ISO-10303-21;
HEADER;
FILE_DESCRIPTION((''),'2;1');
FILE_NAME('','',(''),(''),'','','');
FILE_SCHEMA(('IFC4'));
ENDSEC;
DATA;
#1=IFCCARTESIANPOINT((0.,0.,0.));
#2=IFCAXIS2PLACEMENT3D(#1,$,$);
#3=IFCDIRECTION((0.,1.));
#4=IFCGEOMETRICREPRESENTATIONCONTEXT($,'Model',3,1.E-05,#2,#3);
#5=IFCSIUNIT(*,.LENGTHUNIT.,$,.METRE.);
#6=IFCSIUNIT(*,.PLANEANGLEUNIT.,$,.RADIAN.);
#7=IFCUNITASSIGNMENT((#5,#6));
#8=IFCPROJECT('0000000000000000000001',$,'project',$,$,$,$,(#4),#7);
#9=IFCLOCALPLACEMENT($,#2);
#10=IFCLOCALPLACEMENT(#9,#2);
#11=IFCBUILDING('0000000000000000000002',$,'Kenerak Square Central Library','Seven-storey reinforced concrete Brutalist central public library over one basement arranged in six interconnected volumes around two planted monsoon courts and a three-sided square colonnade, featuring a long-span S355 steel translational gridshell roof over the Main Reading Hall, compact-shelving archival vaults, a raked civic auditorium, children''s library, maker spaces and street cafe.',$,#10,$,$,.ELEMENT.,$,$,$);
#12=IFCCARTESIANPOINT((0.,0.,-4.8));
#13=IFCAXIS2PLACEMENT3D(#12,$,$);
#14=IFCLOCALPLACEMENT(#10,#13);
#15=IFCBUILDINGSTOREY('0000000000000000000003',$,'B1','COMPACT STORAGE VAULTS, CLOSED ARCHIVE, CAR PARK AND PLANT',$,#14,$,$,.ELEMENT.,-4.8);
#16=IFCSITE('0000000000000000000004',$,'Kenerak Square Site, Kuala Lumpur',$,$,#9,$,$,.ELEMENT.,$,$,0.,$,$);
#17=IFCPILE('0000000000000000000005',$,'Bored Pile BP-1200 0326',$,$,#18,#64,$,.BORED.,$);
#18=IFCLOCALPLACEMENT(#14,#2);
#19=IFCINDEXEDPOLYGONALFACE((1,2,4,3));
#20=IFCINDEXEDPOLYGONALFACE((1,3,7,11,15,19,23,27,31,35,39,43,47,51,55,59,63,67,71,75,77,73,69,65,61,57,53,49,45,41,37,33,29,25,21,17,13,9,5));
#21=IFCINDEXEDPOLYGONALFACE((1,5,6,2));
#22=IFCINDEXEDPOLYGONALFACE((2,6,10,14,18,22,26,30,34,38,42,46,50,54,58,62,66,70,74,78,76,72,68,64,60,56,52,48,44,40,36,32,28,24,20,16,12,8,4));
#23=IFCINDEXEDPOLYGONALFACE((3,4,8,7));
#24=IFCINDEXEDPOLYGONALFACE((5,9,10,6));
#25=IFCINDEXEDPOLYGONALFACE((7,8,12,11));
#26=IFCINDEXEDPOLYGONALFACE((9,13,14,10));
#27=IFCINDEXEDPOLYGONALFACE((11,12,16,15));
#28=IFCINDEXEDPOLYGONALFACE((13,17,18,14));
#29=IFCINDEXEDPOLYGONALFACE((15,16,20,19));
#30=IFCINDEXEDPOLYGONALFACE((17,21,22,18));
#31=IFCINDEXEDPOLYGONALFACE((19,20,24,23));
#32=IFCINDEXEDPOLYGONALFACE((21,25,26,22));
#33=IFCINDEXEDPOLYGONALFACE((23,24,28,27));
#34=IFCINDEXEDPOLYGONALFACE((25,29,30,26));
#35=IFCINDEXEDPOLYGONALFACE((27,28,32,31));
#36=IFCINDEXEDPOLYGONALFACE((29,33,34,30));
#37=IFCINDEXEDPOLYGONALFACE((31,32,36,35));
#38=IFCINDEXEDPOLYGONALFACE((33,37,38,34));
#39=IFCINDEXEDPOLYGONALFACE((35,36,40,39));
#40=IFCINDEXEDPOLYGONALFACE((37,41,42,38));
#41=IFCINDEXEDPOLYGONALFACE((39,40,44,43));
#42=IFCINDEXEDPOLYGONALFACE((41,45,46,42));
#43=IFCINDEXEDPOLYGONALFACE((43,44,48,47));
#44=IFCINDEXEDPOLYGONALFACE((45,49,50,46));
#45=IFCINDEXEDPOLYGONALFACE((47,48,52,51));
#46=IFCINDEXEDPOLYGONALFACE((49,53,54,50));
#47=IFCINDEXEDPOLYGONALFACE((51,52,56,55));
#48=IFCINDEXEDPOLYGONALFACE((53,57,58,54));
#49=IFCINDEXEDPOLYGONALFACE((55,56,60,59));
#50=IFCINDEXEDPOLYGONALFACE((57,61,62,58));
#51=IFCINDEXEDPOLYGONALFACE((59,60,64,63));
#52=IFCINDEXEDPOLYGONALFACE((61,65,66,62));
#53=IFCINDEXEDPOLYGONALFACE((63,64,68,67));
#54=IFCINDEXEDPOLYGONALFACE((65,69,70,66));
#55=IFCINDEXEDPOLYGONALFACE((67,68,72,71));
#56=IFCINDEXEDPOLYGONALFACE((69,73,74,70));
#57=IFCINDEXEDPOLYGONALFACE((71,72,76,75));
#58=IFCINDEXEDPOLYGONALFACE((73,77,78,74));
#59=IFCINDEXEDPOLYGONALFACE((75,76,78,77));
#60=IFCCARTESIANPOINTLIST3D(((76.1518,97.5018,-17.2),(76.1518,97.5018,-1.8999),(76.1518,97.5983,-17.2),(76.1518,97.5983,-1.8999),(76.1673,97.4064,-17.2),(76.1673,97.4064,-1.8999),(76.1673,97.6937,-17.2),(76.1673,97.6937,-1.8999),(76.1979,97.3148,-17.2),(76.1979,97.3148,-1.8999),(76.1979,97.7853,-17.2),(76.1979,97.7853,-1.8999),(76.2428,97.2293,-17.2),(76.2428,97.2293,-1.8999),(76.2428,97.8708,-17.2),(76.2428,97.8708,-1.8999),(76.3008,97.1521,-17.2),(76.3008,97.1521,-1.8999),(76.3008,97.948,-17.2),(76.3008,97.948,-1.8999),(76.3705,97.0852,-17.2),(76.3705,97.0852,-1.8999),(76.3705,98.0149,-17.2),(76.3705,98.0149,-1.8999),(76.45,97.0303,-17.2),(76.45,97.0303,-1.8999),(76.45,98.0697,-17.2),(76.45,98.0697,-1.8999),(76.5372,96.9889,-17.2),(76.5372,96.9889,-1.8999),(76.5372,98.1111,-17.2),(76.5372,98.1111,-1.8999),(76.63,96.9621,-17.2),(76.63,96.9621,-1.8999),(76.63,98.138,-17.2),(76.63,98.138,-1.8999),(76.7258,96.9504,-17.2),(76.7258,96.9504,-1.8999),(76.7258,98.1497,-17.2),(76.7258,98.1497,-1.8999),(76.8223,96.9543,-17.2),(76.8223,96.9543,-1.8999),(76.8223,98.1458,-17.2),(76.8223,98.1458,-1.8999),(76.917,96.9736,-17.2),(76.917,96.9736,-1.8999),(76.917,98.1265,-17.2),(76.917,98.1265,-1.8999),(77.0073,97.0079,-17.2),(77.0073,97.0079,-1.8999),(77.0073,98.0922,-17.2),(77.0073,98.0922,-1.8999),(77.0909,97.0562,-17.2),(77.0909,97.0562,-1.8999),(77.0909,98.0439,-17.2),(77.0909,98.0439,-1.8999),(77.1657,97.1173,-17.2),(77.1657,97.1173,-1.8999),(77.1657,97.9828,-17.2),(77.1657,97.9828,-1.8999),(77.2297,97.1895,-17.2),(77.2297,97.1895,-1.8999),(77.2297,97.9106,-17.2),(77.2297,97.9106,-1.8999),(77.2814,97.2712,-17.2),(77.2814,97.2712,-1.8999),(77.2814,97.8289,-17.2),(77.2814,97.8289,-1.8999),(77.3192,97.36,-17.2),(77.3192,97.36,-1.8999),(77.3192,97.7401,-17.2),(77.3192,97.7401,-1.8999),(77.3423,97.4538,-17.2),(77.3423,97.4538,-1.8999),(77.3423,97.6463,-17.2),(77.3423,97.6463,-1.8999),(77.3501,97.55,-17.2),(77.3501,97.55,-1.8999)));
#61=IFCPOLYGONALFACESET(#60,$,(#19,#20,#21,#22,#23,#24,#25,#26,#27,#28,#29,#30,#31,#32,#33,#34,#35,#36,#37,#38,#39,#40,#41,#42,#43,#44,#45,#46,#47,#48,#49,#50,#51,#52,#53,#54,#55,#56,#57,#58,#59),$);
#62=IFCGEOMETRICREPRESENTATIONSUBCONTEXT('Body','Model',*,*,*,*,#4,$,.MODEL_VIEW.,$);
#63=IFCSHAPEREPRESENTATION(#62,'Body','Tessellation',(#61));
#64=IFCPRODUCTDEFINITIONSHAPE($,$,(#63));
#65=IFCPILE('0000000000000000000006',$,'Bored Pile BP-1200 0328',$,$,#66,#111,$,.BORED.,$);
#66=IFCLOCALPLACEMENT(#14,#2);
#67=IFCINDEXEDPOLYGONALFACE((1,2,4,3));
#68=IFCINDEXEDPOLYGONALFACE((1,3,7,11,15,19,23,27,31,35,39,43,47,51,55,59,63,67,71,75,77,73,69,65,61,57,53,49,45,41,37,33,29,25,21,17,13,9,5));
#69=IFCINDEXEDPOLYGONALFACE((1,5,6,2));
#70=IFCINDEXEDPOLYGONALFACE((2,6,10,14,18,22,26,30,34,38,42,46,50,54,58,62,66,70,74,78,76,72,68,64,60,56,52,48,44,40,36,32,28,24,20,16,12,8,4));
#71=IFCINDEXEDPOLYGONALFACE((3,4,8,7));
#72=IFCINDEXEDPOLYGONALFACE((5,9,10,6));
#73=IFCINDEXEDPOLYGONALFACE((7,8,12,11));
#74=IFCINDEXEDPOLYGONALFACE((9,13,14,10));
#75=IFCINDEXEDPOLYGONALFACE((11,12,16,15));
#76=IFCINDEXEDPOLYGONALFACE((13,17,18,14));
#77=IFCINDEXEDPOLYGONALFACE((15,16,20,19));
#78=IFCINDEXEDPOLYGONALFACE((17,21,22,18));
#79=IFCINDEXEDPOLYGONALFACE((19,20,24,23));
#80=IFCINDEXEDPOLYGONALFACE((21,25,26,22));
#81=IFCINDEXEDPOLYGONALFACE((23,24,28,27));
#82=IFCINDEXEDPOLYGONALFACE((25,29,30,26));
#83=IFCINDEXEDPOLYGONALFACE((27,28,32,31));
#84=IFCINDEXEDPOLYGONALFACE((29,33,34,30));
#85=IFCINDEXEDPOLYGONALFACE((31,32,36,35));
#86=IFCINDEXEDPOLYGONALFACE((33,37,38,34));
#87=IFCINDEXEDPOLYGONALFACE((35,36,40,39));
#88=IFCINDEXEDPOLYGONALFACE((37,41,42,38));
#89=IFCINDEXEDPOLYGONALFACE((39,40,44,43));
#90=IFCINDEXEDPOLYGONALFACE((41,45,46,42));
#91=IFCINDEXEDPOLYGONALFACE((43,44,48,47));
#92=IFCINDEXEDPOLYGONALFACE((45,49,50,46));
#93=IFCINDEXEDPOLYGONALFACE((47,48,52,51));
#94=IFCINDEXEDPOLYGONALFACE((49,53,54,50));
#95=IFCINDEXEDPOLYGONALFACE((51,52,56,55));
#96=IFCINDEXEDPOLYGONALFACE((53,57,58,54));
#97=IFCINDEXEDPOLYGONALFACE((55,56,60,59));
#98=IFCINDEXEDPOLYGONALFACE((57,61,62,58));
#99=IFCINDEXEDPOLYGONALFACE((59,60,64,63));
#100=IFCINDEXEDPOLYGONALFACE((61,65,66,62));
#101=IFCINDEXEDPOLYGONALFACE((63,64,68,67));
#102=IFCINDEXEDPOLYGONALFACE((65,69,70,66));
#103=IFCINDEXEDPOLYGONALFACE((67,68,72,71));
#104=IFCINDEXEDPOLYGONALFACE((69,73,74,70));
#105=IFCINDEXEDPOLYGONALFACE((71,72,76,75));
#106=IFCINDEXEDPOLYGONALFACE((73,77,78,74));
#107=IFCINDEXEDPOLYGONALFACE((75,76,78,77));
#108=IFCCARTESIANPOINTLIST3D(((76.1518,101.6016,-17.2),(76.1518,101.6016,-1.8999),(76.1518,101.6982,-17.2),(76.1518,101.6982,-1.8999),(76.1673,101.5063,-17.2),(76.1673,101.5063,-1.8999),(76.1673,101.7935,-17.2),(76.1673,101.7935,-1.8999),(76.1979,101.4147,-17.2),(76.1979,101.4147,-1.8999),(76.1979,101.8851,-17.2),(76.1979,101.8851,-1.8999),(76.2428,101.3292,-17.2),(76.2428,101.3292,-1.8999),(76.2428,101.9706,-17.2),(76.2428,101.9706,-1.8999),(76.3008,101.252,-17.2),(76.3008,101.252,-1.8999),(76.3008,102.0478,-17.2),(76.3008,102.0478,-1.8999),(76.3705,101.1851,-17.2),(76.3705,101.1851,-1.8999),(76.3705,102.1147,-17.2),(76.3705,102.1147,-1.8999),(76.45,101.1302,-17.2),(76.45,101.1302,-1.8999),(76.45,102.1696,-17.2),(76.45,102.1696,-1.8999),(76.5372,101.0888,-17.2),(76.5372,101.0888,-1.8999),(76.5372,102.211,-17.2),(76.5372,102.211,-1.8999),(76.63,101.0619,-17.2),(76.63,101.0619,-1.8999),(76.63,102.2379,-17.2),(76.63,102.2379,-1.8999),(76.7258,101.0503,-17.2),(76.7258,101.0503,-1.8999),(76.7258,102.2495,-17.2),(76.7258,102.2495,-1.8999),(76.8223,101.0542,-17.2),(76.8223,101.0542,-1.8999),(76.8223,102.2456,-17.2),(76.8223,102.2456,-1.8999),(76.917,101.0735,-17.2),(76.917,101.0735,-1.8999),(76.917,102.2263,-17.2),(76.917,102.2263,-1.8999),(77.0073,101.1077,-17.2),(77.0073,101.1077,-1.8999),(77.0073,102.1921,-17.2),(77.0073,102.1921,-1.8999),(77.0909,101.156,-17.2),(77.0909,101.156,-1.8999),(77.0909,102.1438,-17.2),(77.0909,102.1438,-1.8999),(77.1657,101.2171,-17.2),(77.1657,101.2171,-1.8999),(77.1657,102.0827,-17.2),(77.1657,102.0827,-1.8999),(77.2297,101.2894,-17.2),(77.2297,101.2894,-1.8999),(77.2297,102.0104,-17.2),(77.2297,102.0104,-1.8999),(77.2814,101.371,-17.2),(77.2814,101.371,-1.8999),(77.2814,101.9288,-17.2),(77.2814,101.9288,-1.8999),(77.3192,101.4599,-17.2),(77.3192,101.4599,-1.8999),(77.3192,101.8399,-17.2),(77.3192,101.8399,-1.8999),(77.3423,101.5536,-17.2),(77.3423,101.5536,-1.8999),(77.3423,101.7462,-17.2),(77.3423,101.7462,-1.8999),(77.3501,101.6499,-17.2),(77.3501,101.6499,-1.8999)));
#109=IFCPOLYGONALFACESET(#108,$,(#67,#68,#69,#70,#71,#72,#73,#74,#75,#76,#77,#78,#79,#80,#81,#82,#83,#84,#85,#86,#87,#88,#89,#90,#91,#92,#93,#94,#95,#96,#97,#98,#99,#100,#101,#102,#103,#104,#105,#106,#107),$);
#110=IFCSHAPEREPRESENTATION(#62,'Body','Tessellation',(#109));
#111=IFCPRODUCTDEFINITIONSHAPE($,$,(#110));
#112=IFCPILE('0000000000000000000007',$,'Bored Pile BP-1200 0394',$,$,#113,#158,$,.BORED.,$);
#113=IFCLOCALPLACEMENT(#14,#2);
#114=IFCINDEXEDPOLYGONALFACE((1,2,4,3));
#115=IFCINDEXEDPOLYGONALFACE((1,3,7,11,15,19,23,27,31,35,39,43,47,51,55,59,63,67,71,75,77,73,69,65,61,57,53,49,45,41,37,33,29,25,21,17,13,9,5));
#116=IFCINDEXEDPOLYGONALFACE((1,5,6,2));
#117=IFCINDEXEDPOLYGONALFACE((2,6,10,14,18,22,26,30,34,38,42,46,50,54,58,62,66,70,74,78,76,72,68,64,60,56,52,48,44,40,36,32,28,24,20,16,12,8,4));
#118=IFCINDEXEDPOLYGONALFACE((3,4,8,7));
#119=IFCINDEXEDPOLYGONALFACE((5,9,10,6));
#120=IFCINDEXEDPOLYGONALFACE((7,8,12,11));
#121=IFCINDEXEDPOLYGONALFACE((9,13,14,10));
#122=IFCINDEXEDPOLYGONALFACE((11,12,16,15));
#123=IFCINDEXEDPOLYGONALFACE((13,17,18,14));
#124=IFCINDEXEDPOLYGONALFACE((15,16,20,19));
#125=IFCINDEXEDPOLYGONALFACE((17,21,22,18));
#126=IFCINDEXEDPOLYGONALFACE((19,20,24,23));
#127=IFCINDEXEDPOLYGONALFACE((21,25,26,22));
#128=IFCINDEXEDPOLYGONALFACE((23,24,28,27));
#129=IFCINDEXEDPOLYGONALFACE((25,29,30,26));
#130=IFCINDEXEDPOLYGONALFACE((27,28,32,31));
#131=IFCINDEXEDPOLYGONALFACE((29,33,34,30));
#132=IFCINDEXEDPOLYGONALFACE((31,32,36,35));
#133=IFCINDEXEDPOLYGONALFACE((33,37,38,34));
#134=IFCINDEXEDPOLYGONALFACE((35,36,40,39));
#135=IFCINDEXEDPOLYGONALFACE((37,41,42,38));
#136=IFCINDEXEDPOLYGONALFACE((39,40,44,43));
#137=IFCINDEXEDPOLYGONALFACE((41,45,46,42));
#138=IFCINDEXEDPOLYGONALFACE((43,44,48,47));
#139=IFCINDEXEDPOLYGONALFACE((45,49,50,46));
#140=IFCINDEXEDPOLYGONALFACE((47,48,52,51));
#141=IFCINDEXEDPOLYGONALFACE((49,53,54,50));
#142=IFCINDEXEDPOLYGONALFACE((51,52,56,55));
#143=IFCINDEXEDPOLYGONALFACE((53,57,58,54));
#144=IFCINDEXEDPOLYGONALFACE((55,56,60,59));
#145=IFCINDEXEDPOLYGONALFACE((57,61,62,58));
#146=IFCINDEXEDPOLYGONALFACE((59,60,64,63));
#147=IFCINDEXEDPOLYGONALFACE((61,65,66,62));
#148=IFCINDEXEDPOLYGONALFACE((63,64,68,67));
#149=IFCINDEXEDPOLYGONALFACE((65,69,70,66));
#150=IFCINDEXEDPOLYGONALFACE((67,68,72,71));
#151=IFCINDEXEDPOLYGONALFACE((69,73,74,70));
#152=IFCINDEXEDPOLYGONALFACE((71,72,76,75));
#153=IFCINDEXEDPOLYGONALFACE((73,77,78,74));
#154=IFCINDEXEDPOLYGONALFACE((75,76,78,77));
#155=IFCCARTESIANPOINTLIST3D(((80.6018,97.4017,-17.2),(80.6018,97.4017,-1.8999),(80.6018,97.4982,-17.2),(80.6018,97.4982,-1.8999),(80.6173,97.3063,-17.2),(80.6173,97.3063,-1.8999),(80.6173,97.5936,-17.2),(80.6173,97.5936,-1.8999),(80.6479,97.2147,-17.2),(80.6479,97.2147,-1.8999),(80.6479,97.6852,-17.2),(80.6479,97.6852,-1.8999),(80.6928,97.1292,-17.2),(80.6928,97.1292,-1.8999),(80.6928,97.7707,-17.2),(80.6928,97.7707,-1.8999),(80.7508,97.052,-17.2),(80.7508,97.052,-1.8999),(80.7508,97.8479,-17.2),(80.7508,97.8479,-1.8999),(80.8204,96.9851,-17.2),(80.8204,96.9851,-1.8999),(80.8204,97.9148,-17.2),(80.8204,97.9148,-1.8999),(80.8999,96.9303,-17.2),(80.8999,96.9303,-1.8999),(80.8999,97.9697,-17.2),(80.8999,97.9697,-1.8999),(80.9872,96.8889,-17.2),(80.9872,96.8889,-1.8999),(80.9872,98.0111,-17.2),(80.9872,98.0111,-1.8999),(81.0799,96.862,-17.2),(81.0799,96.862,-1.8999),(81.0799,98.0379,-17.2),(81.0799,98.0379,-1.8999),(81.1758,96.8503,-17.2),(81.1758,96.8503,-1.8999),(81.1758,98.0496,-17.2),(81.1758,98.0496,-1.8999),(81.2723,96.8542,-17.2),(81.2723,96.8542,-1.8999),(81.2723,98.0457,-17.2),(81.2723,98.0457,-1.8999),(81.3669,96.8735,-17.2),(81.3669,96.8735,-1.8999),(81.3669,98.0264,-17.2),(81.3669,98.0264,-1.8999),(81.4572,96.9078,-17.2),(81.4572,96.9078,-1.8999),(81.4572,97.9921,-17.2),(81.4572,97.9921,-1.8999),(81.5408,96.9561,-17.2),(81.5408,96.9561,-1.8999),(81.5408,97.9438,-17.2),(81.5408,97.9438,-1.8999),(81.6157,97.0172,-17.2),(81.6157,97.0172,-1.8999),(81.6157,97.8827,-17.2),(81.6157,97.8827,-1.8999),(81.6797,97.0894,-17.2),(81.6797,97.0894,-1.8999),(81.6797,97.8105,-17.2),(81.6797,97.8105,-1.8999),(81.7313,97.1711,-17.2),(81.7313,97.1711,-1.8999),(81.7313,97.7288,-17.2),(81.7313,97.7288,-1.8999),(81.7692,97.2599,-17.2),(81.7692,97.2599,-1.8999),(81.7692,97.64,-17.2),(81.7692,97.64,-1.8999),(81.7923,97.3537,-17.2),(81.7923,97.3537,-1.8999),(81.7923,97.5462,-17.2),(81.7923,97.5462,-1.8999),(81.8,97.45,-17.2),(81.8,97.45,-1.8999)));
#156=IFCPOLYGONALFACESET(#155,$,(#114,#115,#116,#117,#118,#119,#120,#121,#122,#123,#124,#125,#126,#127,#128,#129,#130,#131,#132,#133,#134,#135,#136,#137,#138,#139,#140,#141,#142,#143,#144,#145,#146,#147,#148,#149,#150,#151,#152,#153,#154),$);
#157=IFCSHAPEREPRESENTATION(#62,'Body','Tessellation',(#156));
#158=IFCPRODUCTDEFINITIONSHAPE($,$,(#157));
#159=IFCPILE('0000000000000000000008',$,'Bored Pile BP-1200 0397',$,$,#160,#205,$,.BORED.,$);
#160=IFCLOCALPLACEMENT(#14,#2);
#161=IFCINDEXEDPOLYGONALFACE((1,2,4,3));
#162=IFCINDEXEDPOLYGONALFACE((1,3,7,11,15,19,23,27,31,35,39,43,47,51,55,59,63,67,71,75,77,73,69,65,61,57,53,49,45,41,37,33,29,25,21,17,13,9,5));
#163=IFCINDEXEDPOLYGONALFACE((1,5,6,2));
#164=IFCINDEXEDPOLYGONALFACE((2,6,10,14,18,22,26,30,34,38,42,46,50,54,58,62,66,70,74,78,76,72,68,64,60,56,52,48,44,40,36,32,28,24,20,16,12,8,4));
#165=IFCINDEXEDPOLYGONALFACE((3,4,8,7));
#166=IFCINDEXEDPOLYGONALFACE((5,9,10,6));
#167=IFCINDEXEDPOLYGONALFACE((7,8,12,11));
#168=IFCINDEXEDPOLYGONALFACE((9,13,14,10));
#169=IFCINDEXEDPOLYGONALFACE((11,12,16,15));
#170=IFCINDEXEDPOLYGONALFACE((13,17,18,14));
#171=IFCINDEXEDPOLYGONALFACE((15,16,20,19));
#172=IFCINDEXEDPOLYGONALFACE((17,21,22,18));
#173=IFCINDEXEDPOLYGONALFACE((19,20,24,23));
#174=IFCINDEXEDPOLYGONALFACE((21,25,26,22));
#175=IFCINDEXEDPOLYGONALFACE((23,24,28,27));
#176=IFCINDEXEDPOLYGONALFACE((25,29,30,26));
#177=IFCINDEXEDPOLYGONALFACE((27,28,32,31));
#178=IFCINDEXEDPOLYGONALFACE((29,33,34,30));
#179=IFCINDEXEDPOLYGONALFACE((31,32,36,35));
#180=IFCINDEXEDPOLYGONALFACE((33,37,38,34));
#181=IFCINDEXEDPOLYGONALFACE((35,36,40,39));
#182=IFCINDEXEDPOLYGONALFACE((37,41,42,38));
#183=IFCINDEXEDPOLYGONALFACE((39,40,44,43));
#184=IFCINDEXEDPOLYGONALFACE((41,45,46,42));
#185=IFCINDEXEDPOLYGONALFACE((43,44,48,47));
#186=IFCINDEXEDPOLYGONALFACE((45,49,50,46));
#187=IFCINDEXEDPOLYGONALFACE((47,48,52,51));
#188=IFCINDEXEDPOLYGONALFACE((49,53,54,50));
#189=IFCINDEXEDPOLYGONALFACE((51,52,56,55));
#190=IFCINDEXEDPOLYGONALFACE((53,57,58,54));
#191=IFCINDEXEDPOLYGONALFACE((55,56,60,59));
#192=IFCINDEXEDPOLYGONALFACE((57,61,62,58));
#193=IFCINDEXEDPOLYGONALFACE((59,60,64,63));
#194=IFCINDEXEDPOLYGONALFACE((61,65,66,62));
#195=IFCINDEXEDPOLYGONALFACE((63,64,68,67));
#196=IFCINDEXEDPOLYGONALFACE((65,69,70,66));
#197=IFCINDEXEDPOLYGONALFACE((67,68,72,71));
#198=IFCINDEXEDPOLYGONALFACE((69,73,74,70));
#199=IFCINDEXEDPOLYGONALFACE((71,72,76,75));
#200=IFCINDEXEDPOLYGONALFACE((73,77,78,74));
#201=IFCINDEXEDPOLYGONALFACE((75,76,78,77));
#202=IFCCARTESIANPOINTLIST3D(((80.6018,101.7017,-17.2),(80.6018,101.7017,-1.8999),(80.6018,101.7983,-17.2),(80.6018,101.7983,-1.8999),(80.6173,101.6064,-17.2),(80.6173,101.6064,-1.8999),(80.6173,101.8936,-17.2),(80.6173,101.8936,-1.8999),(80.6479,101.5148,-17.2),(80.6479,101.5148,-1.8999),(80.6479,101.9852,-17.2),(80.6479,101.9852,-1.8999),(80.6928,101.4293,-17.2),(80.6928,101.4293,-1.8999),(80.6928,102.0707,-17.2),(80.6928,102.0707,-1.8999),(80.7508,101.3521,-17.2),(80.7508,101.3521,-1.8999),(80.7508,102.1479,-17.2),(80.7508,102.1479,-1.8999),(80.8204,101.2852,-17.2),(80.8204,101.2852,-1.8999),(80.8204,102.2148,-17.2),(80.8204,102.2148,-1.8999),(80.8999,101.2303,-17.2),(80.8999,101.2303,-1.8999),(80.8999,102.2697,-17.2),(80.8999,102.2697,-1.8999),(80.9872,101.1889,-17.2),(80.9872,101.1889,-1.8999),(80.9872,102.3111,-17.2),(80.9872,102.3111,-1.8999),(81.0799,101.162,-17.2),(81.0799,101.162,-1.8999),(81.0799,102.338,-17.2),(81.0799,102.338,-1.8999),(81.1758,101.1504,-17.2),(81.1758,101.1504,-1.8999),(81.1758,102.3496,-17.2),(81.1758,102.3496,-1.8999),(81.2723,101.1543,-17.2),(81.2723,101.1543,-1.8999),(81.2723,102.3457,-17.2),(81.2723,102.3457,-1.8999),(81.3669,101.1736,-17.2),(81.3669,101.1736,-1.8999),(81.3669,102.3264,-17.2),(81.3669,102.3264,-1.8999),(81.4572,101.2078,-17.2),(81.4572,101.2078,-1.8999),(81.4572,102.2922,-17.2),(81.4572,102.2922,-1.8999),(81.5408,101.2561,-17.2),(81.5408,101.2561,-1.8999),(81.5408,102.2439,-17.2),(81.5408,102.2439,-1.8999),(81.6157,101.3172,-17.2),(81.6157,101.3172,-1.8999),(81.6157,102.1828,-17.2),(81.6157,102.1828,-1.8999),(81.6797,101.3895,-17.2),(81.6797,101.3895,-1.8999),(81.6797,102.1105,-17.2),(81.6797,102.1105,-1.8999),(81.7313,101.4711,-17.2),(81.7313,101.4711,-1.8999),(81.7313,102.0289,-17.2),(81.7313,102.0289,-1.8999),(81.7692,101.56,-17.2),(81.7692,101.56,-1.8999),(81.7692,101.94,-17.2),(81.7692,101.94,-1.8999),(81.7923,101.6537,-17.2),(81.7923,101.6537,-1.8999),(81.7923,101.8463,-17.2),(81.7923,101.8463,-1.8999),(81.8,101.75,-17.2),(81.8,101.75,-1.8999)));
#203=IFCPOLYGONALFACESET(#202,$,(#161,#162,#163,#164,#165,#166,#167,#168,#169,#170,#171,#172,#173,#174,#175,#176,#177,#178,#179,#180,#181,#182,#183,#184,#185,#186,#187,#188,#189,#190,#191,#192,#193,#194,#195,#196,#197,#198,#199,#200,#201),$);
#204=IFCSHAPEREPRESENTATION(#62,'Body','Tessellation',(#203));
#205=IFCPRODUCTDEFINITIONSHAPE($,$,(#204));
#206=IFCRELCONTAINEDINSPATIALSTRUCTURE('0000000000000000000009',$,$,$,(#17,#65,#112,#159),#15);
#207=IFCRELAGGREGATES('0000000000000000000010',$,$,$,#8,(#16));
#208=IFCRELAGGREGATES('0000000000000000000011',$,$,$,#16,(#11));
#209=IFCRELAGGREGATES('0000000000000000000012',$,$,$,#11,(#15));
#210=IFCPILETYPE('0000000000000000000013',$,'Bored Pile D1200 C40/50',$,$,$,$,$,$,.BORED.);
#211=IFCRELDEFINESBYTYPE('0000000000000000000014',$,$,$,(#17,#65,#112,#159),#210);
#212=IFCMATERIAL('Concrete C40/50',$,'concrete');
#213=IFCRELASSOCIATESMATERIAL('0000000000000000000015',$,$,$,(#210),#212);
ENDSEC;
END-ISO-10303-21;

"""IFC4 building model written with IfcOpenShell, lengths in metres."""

from ifc_helpers import new_model, si_unit, direction, frame, origin, origin_2d, place, context, subcontext, project, spatial, circle, extrude, material, material_profile, profile_set, type_object, element, save


model = new_model("IFC4")

# Units and contexts
model_context = context("Model", 3, precision=1e-05, world=origin(), true_north=direction((0.0, 1.0)))
body_context = subcontext(model_context, "Body", "Model", "MODEL_VIEW")
ifc_project = project(units=[si_unit("LENGTHUNIT", "METRE"), si_unit("PLANEANGLEUNIT", "RADIAN")], contexts=[model_context])

# Site, building, storey
site_placement = place(None, origin())
site = spatial("IfcSite", under=ifc_project, at=site_placement, Name="Kenerak Square Site, Kuala Lumpur", CompositionType="ELEMENT", RefElevation=0.0)
building_placement = place(site_placement, origin())
building = spatial("IfcBuilding", under=site, at=building_placement, Name="Kenerak Square Central Library", Description="Seven-storey reinforced concrete Brutalist central public library over one basement arranged in six interconnected volumes around two planted monsoon courts and a three-sided square colonnade, featuring a long-span S355 steel translational gridshell roof over the Main Reading Hall, compact-shelving archival vaults, a raked civic auditorium, children's library, maker spaces and street cafe.", CompositionType="ELEMENT")
storey_placement = place(building_placement, frame((0.0, 0.0, -4.8)))
storey = spatial("IfcBuildingStorey", under=building, at=storey_placement, Name="B1", Description="COMPACT STORAGE VAULTS, CLOSED ARCHIVE, CAR PARK AND PLANT", CompositionType="ELEMENT", Elevation=-4.8)

# Piles
ifc_material_1 = material(Name="Concrete C40/50", Category="concrete")
ifc_material_profile_1 = material_profile(ifc_material_1, circle(Radius=0.6001, at=origin_2d()), Name="BP D1200")
ifc_profile_set_1 = profile_set([ifc_material_profile_1], Name="Concrete C40/50")
pile_type = type_object("IfcPileType", Name="Bored Pile D1200 C40/50", PredefinedType="BORED", material=ifc_profile_set_1)
for number, where, z_axis, x_axis, name in (
    (1, (76.75, 97.55, -1.8999), (0.0, 0.0, -1.0), (1.0, 0.0, 0.0), "Bored Pile BP-1200 0326"),
    (2, (76.75, 101.6499, -1.8999), (0.0, 0.0, -1.0), (1.0, 0.0, 0.0), "Bored Pile BP-1200 0328"),
    (3, (81.2, 97.45, -1.8999), (0.0, 0.0, -1.0), (1.0, 0.0, 0.0), "Bored Pile BP-1200 0394"),
    (4, (81.2, 101.75, -1.8999), (0.0, 0.0, -1.0), (1.0, 0.0, 0.0), "Bored Pile BP-1200 0397"),
):
    element("IfcPile", number, at=place(storey_placement, frame(where, z_axis=z_axis, x_axis=x_axis)), inside=storey, type_object=pile_type, Name=name, PredefinedType="BORED", context=body_context, shape_type="SweptSolid", body=[
        extrude(circle(Radius=0.6001, at=origin_2d()), origin(), (0.0, 0.0, 1.0), 15.3),
    ])

save(model, "model.ifc")
